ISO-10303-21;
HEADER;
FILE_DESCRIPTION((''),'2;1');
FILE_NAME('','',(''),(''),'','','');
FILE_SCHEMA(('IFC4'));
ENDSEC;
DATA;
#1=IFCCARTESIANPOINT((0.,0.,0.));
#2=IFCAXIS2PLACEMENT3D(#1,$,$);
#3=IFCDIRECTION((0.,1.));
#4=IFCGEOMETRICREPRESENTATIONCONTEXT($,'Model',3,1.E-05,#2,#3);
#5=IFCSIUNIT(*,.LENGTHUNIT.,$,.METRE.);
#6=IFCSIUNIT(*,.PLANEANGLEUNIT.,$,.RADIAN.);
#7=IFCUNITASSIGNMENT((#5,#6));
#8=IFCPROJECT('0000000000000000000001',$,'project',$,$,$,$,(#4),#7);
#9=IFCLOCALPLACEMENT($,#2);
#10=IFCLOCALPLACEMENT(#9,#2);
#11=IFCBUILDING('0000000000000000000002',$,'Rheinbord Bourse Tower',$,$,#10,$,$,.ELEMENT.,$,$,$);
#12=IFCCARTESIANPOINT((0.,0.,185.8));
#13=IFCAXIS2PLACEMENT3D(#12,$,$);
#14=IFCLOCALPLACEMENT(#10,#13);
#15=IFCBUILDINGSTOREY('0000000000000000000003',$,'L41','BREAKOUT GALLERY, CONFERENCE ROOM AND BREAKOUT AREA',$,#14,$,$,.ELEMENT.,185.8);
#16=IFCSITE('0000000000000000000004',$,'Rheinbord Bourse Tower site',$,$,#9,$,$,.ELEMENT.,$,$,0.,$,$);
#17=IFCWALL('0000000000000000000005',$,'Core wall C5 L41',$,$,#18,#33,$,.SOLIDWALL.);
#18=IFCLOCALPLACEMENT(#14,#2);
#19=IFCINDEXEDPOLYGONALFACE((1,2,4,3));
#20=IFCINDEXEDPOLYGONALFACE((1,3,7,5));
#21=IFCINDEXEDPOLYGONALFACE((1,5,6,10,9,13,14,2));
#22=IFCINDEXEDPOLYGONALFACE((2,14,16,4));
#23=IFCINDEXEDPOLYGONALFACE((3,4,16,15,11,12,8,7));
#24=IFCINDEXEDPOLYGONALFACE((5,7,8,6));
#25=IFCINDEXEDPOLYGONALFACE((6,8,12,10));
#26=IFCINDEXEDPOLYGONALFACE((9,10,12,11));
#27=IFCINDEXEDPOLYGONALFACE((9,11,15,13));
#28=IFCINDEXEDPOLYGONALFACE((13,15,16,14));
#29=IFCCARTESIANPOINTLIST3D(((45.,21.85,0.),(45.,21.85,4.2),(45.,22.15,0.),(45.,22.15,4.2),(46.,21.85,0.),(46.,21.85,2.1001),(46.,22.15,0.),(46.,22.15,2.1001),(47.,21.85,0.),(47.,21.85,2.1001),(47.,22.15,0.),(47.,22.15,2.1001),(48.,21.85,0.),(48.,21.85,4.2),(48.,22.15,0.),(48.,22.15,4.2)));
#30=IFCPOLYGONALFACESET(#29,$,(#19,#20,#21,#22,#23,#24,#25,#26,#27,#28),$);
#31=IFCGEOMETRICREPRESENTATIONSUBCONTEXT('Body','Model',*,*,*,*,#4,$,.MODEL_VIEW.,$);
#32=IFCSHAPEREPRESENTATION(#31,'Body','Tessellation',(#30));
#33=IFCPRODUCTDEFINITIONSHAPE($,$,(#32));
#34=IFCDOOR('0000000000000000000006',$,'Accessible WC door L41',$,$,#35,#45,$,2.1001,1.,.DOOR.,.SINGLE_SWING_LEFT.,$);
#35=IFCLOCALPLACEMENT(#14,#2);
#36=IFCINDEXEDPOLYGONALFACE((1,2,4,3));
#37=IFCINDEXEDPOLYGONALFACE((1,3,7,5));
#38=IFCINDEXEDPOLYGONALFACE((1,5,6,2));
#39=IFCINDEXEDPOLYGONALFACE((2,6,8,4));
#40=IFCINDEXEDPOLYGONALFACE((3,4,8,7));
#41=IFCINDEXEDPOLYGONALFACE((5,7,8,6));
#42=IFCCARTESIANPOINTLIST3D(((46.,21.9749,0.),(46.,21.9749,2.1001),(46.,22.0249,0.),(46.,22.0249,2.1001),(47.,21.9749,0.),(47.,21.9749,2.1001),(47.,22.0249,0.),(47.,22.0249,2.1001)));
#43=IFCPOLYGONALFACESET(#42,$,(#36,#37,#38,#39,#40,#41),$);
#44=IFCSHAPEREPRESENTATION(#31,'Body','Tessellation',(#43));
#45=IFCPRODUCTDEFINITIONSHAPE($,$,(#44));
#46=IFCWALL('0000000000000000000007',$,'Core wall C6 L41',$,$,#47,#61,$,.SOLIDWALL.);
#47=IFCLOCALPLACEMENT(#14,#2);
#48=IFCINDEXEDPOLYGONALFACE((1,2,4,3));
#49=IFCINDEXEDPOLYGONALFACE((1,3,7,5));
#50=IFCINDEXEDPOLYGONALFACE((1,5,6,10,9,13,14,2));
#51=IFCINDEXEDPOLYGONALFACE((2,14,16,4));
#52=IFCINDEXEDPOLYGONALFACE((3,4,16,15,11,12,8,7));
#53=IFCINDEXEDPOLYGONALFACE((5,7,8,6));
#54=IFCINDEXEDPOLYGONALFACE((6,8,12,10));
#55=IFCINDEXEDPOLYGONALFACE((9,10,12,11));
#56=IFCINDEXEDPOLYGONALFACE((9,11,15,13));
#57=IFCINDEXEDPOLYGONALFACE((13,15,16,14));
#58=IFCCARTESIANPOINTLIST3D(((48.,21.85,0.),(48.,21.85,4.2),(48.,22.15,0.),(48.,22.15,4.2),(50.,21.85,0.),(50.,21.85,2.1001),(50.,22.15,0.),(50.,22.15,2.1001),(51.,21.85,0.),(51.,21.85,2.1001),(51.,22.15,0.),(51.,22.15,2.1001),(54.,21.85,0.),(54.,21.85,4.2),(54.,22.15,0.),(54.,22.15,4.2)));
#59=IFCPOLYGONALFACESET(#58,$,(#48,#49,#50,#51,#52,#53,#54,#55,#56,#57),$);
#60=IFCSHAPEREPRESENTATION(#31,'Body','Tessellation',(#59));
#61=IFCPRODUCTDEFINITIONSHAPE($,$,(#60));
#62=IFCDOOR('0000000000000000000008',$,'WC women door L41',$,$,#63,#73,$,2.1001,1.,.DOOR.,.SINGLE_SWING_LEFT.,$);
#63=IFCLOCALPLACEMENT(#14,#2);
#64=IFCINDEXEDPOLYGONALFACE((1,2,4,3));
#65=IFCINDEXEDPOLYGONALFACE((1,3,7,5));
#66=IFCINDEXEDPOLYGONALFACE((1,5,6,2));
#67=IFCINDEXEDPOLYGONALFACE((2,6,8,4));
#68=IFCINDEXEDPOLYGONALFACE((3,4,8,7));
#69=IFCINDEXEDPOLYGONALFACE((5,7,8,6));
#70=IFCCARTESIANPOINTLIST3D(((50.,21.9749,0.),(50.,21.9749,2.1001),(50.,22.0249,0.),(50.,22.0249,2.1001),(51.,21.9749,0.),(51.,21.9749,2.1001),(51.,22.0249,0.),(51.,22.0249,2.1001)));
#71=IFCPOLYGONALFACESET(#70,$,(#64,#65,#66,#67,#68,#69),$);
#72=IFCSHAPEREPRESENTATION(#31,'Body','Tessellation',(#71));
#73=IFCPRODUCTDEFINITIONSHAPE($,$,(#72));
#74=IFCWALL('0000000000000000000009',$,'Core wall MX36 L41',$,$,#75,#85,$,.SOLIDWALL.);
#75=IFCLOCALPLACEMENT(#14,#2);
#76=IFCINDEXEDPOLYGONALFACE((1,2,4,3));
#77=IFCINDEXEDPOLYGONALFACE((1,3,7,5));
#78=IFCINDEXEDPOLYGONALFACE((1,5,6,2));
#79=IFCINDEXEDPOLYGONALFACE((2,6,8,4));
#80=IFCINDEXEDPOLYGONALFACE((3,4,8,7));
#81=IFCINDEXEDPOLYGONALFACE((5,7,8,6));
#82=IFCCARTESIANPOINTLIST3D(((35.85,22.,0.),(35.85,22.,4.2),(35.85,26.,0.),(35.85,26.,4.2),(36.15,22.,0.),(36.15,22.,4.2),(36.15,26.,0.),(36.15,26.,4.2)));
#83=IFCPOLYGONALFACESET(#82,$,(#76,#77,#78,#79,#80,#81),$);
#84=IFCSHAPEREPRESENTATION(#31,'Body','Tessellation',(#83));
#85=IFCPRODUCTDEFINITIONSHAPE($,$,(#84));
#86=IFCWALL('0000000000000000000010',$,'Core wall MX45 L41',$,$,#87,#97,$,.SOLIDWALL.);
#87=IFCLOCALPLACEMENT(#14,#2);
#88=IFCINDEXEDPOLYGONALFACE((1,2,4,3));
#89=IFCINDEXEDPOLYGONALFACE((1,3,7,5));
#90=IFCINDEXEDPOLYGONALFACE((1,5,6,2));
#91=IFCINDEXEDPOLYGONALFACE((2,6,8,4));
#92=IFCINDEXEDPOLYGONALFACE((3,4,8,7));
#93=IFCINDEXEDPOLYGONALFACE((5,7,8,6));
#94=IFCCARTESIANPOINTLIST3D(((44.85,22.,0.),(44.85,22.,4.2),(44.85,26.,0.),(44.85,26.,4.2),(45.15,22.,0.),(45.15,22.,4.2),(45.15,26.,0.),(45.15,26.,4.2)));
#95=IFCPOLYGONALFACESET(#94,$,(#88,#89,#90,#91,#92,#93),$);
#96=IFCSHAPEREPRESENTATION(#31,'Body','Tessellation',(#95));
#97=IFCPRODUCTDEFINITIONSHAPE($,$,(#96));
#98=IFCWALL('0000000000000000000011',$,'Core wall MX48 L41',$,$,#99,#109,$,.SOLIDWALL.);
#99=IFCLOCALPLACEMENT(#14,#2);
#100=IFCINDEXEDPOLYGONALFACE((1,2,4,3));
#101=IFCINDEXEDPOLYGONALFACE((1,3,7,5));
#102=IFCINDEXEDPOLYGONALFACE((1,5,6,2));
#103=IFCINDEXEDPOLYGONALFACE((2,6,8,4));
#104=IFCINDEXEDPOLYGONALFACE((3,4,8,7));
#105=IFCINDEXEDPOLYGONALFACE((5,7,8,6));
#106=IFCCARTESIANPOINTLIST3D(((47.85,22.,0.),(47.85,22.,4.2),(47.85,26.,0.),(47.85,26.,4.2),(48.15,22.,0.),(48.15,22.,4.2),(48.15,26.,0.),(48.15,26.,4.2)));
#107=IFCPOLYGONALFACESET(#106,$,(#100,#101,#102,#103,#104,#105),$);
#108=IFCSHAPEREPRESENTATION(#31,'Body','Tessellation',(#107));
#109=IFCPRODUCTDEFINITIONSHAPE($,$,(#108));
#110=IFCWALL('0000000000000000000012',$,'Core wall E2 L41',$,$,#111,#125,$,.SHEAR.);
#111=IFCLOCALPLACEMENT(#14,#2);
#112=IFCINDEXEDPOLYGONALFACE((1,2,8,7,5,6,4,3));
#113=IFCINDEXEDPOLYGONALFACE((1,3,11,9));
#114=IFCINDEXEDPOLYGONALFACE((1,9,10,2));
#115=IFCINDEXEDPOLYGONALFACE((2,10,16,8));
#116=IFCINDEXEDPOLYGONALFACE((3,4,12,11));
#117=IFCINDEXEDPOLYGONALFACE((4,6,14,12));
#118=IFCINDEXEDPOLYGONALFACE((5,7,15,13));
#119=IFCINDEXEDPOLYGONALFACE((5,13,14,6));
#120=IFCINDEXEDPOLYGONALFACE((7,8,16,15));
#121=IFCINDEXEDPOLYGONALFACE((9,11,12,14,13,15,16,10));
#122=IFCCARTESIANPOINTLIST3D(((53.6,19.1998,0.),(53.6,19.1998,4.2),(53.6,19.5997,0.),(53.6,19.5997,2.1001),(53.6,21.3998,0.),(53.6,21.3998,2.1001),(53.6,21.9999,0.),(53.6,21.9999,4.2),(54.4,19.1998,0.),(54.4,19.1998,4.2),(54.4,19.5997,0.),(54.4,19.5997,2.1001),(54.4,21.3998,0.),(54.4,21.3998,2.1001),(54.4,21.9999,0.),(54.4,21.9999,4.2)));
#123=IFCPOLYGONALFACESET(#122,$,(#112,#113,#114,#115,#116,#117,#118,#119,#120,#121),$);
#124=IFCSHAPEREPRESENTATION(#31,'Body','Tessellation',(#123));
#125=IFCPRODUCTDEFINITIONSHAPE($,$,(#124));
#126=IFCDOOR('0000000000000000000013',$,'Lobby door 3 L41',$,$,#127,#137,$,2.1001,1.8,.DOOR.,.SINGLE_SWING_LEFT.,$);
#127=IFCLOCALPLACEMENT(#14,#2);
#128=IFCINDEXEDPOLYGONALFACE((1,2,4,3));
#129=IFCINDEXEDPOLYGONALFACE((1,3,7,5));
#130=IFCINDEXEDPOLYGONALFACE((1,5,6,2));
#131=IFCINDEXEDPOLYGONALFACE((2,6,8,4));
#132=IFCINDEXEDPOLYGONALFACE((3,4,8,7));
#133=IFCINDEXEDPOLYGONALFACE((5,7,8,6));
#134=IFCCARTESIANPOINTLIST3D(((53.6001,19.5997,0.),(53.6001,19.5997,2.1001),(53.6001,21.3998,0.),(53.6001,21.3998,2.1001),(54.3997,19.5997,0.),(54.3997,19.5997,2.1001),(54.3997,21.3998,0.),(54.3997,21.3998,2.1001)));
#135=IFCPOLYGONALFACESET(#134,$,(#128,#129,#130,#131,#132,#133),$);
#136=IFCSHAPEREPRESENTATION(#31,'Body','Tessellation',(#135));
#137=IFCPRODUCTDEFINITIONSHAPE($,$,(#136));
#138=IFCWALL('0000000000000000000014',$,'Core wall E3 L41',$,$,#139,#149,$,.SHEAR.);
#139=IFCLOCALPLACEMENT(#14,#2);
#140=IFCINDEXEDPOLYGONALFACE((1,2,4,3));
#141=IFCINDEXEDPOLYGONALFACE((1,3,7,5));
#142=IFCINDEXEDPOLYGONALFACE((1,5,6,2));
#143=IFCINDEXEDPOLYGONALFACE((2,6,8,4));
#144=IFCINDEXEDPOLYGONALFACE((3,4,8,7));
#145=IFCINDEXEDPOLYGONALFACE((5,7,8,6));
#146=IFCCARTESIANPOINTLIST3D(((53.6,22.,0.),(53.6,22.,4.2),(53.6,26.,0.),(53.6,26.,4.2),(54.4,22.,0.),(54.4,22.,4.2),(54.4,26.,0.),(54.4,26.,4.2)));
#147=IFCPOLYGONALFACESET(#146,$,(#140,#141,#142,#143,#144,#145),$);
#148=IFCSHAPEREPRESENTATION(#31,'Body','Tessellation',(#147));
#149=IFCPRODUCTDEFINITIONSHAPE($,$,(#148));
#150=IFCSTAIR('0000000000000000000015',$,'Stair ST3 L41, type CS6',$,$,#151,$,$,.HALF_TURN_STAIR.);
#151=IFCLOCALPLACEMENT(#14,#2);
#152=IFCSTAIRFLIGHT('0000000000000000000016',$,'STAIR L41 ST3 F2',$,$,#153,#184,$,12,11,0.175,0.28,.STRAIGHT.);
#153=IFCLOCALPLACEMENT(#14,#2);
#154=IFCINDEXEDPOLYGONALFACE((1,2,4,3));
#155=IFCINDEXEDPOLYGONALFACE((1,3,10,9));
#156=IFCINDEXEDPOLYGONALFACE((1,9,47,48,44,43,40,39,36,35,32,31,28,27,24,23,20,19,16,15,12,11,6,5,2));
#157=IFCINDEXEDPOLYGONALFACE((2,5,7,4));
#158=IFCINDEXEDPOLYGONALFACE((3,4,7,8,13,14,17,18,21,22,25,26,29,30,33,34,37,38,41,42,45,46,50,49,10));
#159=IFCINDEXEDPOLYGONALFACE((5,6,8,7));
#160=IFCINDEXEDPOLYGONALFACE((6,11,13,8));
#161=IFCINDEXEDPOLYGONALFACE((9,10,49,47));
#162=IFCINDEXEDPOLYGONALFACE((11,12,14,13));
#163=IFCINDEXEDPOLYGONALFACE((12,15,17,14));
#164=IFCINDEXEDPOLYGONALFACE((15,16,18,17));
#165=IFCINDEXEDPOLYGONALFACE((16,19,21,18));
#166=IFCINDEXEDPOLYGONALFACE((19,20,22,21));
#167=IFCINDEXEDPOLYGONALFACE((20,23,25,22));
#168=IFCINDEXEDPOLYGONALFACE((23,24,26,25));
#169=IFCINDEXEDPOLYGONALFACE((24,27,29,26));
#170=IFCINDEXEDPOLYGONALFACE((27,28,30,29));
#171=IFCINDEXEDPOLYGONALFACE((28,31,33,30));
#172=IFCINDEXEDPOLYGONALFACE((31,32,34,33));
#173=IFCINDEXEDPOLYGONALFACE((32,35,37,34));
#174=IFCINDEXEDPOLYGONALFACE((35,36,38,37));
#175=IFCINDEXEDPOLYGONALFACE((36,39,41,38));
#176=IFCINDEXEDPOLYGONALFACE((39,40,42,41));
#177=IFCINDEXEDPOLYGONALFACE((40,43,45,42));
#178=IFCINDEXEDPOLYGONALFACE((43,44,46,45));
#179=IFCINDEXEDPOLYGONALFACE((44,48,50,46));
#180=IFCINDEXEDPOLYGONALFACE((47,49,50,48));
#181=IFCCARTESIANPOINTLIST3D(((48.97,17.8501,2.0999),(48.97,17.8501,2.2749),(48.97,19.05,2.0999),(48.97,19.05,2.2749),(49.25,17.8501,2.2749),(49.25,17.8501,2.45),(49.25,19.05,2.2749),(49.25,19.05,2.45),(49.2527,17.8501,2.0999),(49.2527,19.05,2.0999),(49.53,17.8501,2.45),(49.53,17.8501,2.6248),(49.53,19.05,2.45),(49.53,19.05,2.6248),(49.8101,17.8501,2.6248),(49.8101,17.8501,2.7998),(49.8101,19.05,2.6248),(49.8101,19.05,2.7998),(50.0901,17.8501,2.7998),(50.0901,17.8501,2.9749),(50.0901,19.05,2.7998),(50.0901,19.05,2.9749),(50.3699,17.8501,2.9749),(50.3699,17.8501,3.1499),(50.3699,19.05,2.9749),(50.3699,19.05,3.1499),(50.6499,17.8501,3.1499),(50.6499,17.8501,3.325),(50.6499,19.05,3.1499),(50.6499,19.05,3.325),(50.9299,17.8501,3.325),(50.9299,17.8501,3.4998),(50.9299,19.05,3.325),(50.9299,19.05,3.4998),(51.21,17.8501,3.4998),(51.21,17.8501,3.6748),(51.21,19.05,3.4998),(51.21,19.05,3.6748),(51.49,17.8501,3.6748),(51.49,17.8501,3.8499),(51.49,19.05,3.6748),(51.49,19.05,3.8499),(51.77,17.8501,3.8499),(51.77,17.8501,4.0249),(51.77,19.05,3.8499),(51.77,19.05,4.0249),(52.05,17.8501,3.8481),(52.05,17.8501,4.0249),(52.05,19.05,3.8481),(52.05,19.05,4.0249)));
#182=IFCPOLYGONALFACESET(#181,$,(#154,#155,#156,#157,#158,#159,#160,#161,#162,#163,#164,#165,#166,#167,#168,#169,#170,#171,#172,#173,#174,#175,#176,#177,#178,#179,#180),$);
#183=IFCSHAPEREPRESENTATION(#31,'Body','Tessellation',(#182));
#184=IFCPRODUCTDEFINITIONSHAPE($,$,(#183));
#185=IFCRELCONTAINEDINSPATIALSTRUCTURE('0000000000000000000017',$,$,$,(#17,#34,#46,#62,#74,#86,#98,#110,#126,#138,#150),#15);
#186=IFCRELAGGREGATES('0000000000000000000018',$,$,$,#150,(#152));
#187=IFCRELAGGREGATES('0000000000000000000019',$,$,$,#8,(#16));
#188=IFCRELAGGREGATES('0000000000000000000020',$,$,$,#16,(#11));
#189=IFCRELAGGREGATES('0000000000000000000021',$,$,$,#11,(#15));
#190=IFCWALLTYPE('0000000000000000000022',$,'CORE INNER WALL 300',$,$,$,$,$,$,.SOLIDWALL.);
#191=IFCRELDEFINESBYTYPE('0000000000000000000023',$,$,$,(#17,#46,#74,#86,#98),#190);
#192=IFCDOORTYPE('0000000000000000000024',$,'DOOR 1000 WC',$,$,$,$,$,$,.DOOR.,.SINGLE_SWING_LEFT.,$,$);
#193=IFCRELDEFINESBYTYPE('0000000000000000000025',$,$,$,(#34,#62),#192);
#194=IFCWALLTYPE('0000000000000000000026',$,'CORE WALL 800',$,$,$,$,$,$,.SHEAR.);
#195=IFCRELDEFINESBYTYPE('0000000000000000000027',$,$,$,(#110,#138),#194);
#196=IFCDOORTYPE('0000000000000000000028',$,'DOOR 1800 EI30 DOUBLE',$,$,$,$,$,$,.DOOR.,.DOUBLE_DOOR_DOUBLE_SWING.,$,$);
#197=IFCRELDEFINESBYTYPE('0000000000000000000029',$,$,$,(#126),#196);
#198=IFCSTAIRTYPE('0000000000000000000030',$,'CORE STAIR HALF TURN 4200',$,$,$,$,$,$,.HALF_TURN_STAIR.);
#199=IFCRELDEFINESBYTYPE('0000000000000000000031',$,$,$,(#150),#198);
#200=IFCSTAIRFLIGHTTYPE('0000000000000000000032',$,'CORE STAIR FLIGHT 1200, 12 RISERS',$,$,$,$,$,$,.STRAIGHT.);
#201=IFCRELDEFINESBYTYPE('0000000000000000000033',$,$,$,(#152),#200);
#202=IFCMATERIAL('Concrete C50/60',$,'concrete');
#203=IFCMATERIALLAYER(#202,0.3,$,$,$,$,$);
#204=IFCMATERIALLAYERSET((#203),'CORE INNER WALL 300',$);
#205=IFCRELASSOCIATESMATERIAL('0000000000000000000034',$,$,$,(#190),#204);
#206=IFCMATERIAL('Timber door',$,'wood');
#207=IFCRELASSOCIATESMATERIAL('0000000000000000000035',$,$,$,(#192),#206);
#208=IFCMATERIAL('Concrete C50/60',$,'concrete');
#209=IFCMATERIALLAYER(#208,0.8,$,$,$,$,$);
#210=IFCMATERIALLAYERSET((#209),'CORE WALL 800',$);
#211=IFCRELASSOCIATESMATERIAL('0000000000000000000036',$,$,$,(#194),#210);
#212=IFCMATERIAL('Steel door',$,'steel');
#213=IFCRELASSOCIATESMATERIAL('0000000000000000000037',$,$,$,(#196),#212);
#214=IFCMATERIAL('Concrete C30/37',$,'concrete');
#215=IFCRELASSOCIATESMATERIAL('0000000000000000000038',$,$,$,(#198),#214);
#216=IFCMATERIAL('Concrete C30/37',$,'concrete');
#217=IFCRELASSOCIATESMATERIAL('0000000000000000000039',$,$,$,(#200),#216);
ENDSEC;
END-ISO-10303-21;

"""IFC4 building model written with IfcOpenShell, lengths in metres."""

from ifc_helpers import new_model, si_unit, direction, frame, frame_2d, origin, place, context, subcontext, project, spatial, polyline, rectangle, outline, extrude, material, layer, layer_set, type_object, element, fill, aggregate, save


model = new_model("IFC4")

# Units and contexts
model_context = context("Model", 3, precision=1e-05, world=origin(), true_north=direction((0.0, 1.0)))
body_context = subcontext(model_context, "Body", "Model", "MODEL_VIEW")
ifc_project = project(units=[si_unit("LENGTHUNIT", "METRE"), si_unit("PLANEANGLEUNIT", "RADIAN")], contexts=[model_context])

# Site, building, storey
site_placement = place(None, origin())
site = spatial("IfcSite", under=ifc_project, at=site_placement, Name="Rheinbord Bourse Tower site", CompositionType="ELEMENT", RefElevation=0.0)
building_placement = place(site_placement, origin())
building = spatial("IfcBuilding", under=site, at=building_placement, Name="Rheinbord Bourse Tower", CompositionType="ELEMENT")
storey_placement = place(building_placement, frame((0.0, 0.0, 185.8)))
storey = spatial("IfcBuildingStorey", under=building, at=storey_placement, Name="L41", Description="BREAKOUT GALLERY, CONFERENCE ROOM AND BREAKOUT AREA", CompositionType="ELEMENT", Elevation=185.8)

# Walls, openings, doors
ifc_material_1 = material(Name="Concrete C50/60", Category="concrete")
ifc_layer_1 = layer(ifc_material_1, 0.3)
ifc_layer_set_1 = layer_set([ifc_layer_1], Name="CORE INNER WALL 300")
wall_type_1 = type_object("IfcWallType", Name="CORE INNER WALL 300", PredefinedType="SOLIDWALL", material=ifc_layer_set_1)
wall_1_placement = place(storey_placement, frame((45.0, 22.0, 0.0), z_axis=(0.0, 0.0, 1.0), x_axis=(1.0, 0.0, 0.0)))
wall_1 = element("IfcWall", 1, at=wall_1_placement, inside=storey, type_object=wall_type_1, Name="Core wall C5 L41", PredefinedType="SOLIDWALL", context=body_context, shape_type="SweptSolid", body=[
    extrude(rectangle(XDim=3.0, YDim=0.3, at=frame_2d((1.5, 0.0))), origin(), (0.0, 0.0, 1.0), 4.2),
])
opening_1_placement = place(wall_1_placement, frame((1.0, 0.0, 0.0)))
opening_1 = element("IfcOpeningElement", 2, at=opening_1_placement, cuts=wall_1, PredefinedType="OPENING", context=body_context, shape_type="SweptSolid", body=[
    extrude(rectangle(XDim=1.0, YDim=2.1001, at=frame_2d((0.5, 1.05))), frame((0.0, 0.1599, 0.0), z_axis=(0.0, -1.0, 0.0), x_axis=(1.0, 0.0, 0.0)), (0.0, 0.0, 1.0), 0.3201),
])
ifc_material_2 = material(Name="Timber door", Category="wood")
door_type_1 = type_object("IfcDoorType", Name="DOOR 1000 WC", OperationType="SINGLE_SWING_LEFT", PredefinedType="DOOR", material=ifc_material_2)
door_1_placement = place(opening_1_placement, origin())
door_1 = element("IfcDoor", 3, at=door_1_placement, inside=storey, type_object=door_type_1, Name="Accessible WC door L41", OperationType="SINGLE_SWING_LEFT", OverallHeight=2.1001, OverallWidth=1.0, PredefinedType="DOOR", context=body_context, shape_type="SweptSolid", body=[
    extrude(rectangle(XDim=1.0, YDim=2.1001, at=frame_2d((0.5, 1.05))), frame((0.0, 0.0249, 0.0), z_axis=(0.0, -1.0, 0.0), x_axis=(1.0, 0.0, 0.0)), (0.0, 0.0, 1.0), 0.05),
])
fill(opening_1, door_1)
wall_2_placement = place(storey_placement, frame((48.0, 22.0, 0.0), z_axis=(0.0, 0.0, 1.0), x_axis=(1.0, 0.0, 0.0)))
wall_2 = element("IfcWall", 4, at=wall_2_placement, inside=storey, type_object=wall_type_1, Name="Core wall C6 L41", PredefinedType="SOLIDWALL", context=body_context, shape_type="SweptSolid", body=[
    extrude(rectangle(XDim=6.0, YDim=0.3, at=frame_2d((3.0, 0.0))), origin(), (0.0, 0.0, 1.0), 4.2),
])
opening_2_placement = place(wall_2_placement, frame((2.0, 0.0, 0.0)))
opening_2 = element("IfcOpeningElement", 5, at=opening_2_placement, cuts=wall_2, PredefinedType="OPENING", context=body_context, shape_type="SweptSolid", body=[
    extrude(rectangle(XDim=1.0, YDim=2.1001, at=frame_2d((0.5, 1.05))), frame((0.0, 0.1599, 0.0), z_axis=(0.0, -1.0, 0.0), x_axis=(1.0, 0.0, 0.0)), (0.0, 0.0, 1.0), 0.3201),
])
door_2_placement = place(opening_2_placement, origin())
door_2 = element("IfcDoor", 6, at=door_2_placement, inside=storey, type_object=door_type_1, Name="WC women door L41", OperationType="SINGLE_SWING_LEFT", OverallHeight=2.1001, OverallWidth=1.0, PredefinedType="DOOR", context=body_context, shape_type="SweptSolid", body=[
    extrude(rectangle(XDim=1.0, YDim=2.1001, at=frame_2d((0.5, 1.05))), frame((0.0, 0.0249, 0.0), z_axis=(0.0, -1.0, 0.0), x_axis=(1.0, 0.0, 0.0)), (0.0, 0.0, 1.0), 0.05),
])
fill(opening_2, door_2)

# Walls
for number, where, z_axis, x_axis, name in (
    (7, (36.0, 22.0, 0.0), (0.0, 0.0, 1.0), (0.0, 1.0, 0.0), "Core wall MX36 L41"),
    (8, (45.0, 22.0, 0.0), (0.0, 0.0, 1.0), (0.0, 1.0, 0.0), "Core wall MX45 L41"),
    (9, (48.0, 22.0, 0.0), (0.0, 0.0, 1.0), (0.0, 1.0, 0.0), "Core wall MX48 L41"),
):
    element("IfcWall", number, at=place(storey_placement, frame(where, z_axis=z_axis, x_axis=x_axis)), inside=storey, type_object=wall_type_1, Name=name, PredefinedType="SOLIDWALL", context=body_context, shape_type="SweptSolid", body=[
        extrude(rectangle(XDim=4.0, YDim=0.3, at=frame_2d((2.0, 0.0))), origin(), (0.0, 0.0, 1.0), 4.2),
    ])

# Wall, opening, door
ifc_material_3 = material(Name="Concrete C50/60", Category="concrete")
ifc_layer_2 = layer(ifc_material_3, 0.8)
ifc_layer_set_2 = layer_set([ifc_layer_2], Name="CORE WALL 800")
wall_type_2 = type_object("IfcWallType", Name="CORE WALL 800", PredefinedType="SHEAR", material=ifc_layer_set_2)
wall_3_placement = place(storey_placement, frame((54.0, 19.2, 0.0), z_axis=(0.0, 0.0, 1.0), x_axis=(0.0, 1.0, 0.0)))
wall_3 = element("IfcWall", 10, at=wall_3_placement, inside=storey, type_object=wall_type_2, Name="Core wall E2 L41", PredefinedType="SHEAR", context=body_context, shape_type="SweptSolid", body=[
    extrude(rectangle(XDim=2.8, YDim=0.8, at=frame_2d((1.3999, 0.0))), origin(), (0.0, 0.0, 1.0), 4.2),
])
opening_3_placement = place(wall_3_placement, frame((0.3999, 0.0, 0.0)))
opening_3 = element("IfcOpeningElement", 11, at=opening_3_placement, cuts=wall_3, PredefinedType="OPENING", context=body_context, shape_type="SweptSolid", body=[
    extrude(rectangle(XDim=1.8, YDim=2.1001, at=frame_2d((0.8999, 1.05))), frame((0.0, 0.4099, 0.0), z_axis=(0.0, -1.0, 0.0), x_axis=(1.0, 0.0, 0.0)), (0.0, 0.0, 1.0), 0.8201),
])
ifc_material_4 = material(Name="Steel door", Category="steel")
door_type_2 = type_object("IfcDoorType", Name="DOOR 1800 EI30 DOUBLE", OperationType="DOUBLE_DOOR_DOUBLE_SWING", PredefinedType="DOOR", material=ifc_material_4)
door_3_placement = place(opening_3_placement, origin())
door_3 = element("IfcDoor", 12, at=door_3_placement, inside=storey, type_object=door_type_2, Name="Lobby door 3 L41", OperationType="SINGLE_SWING_LEFT", OverallHeight=2.1001, OverallWidth=1.8, PredefinedType="DOOR", context=body_context, shape_type="SweptSolid", body=[
    extrude(rectangle(XDim=1.8, YDim=2.1001, at=frame_2d((0.8999, 1.05))), frame((0.0, 0.3999, 0.0), z_axis=(0.0, -1.0, 0.0), x_axis=(1.0, 0.0, 0.0)), (0.0, 0.0, 1.0), 0.7996),
])
fill(opening_3, door_3)

# Wall
wall_4_placement = place(storey_placement, frame((54.0, 22.0, 0.0), z_axis=(0.0, 0.0, 1.0), x_axis=(0.0, 1.0, 0.0)))
element("IfcWall", 13, at=wall_4_placement, inside=storey, type_object=wall_type_2, Name="Core wall E3 L41", PredefinedType="SHEAR", context=body_context, shape_type="SweptSolid", body=[
    extrude(rectangle(XDim=4.0, YDim=0.8, at=frame_2d((2.0, 0.0))), origin(), (0.0, 0.0, 1.0), 4.2),
])

# Stair, stair flight
ifc_material_5 = material(Name="Concrete C30/37", Category="concrete")
stair_type = type_object("IfcStairType", Name="CORE STAIR HALF TURN 4200", PredefinedType="HALF_TURN_STAIR", material=ifc_material_5)
stair_placement = place(storey_placement, origin())
stair = element("IfcStair", 14, at=stair_placement, inside=storey, type_object=stair_type, Name="Stair ST3 L41, type CS6", PredefinedType="HALF_TURN_STAIR")
ifc_material_6 = material(Name="Concrete C30/37", Category="concrete")
stair_flight_type = type_object("IfcStairFlightType", Name="CORE STAIR FLIGHT 1200, 12 RISERS", PredefinedType="STRAIGHT", material=ifc_material_6)
stair_flight_placement = place(storey_placement, frame((48.97, 18.45, 2.0999), z_axis=(0.0, 0.0, 1.0), x_axis=(1.0, 0.0, 0.0)))
stair_flight = element("IfcStairFlight", 15, at=stair_flight_placement, type_object=stair_flight_type, Name="STAIR L41 ST3 F2", NumberOfRisers=12, NumberOfTreads=11, PredefinedType="STRAIGHT", RiserHeight=0.175, TreadLength=0.28, context=body_context, shape_type="SweptSolid", body=[
    extrude(outline(polyline([(0.0, 0.0), (0.0, 0.175), (0.28, 0.175), (0.28, 0.3501), (0.5601, 0.3501), (0.5601, 0.5249), (0.8401, 0.5249), (0.8401, 0.7), (1.1201, 0.7), (1.1201, 0.875), (1.3999, 0.875), (1.3999, 1.05), (1.6799, 1.05), (1.6799, 1.2251), (1.96, 1.2251), (1.96, 1.3999), (2.24, 1.3999), (2.24, 1.575), (2.52, 1.575), (2.52, 1.75), (2.8, 1.75), (2.8, 1.925), (3.0801, 1.925), (3.0801, 2.1001), (3.0801, 1.7483), (0.2827, 0.0), (0.0, 0.0)])), frame((0.0, 0.6001, 0.0), z_axis=(0.0, -1.0, 0.0), x_axis=(1.0, 0.0, 0.0)), (0.0, 0.0, 1.0), 1.2),
])
aggregate(stair, [stair_flight])

save(model, "model.ifc")
